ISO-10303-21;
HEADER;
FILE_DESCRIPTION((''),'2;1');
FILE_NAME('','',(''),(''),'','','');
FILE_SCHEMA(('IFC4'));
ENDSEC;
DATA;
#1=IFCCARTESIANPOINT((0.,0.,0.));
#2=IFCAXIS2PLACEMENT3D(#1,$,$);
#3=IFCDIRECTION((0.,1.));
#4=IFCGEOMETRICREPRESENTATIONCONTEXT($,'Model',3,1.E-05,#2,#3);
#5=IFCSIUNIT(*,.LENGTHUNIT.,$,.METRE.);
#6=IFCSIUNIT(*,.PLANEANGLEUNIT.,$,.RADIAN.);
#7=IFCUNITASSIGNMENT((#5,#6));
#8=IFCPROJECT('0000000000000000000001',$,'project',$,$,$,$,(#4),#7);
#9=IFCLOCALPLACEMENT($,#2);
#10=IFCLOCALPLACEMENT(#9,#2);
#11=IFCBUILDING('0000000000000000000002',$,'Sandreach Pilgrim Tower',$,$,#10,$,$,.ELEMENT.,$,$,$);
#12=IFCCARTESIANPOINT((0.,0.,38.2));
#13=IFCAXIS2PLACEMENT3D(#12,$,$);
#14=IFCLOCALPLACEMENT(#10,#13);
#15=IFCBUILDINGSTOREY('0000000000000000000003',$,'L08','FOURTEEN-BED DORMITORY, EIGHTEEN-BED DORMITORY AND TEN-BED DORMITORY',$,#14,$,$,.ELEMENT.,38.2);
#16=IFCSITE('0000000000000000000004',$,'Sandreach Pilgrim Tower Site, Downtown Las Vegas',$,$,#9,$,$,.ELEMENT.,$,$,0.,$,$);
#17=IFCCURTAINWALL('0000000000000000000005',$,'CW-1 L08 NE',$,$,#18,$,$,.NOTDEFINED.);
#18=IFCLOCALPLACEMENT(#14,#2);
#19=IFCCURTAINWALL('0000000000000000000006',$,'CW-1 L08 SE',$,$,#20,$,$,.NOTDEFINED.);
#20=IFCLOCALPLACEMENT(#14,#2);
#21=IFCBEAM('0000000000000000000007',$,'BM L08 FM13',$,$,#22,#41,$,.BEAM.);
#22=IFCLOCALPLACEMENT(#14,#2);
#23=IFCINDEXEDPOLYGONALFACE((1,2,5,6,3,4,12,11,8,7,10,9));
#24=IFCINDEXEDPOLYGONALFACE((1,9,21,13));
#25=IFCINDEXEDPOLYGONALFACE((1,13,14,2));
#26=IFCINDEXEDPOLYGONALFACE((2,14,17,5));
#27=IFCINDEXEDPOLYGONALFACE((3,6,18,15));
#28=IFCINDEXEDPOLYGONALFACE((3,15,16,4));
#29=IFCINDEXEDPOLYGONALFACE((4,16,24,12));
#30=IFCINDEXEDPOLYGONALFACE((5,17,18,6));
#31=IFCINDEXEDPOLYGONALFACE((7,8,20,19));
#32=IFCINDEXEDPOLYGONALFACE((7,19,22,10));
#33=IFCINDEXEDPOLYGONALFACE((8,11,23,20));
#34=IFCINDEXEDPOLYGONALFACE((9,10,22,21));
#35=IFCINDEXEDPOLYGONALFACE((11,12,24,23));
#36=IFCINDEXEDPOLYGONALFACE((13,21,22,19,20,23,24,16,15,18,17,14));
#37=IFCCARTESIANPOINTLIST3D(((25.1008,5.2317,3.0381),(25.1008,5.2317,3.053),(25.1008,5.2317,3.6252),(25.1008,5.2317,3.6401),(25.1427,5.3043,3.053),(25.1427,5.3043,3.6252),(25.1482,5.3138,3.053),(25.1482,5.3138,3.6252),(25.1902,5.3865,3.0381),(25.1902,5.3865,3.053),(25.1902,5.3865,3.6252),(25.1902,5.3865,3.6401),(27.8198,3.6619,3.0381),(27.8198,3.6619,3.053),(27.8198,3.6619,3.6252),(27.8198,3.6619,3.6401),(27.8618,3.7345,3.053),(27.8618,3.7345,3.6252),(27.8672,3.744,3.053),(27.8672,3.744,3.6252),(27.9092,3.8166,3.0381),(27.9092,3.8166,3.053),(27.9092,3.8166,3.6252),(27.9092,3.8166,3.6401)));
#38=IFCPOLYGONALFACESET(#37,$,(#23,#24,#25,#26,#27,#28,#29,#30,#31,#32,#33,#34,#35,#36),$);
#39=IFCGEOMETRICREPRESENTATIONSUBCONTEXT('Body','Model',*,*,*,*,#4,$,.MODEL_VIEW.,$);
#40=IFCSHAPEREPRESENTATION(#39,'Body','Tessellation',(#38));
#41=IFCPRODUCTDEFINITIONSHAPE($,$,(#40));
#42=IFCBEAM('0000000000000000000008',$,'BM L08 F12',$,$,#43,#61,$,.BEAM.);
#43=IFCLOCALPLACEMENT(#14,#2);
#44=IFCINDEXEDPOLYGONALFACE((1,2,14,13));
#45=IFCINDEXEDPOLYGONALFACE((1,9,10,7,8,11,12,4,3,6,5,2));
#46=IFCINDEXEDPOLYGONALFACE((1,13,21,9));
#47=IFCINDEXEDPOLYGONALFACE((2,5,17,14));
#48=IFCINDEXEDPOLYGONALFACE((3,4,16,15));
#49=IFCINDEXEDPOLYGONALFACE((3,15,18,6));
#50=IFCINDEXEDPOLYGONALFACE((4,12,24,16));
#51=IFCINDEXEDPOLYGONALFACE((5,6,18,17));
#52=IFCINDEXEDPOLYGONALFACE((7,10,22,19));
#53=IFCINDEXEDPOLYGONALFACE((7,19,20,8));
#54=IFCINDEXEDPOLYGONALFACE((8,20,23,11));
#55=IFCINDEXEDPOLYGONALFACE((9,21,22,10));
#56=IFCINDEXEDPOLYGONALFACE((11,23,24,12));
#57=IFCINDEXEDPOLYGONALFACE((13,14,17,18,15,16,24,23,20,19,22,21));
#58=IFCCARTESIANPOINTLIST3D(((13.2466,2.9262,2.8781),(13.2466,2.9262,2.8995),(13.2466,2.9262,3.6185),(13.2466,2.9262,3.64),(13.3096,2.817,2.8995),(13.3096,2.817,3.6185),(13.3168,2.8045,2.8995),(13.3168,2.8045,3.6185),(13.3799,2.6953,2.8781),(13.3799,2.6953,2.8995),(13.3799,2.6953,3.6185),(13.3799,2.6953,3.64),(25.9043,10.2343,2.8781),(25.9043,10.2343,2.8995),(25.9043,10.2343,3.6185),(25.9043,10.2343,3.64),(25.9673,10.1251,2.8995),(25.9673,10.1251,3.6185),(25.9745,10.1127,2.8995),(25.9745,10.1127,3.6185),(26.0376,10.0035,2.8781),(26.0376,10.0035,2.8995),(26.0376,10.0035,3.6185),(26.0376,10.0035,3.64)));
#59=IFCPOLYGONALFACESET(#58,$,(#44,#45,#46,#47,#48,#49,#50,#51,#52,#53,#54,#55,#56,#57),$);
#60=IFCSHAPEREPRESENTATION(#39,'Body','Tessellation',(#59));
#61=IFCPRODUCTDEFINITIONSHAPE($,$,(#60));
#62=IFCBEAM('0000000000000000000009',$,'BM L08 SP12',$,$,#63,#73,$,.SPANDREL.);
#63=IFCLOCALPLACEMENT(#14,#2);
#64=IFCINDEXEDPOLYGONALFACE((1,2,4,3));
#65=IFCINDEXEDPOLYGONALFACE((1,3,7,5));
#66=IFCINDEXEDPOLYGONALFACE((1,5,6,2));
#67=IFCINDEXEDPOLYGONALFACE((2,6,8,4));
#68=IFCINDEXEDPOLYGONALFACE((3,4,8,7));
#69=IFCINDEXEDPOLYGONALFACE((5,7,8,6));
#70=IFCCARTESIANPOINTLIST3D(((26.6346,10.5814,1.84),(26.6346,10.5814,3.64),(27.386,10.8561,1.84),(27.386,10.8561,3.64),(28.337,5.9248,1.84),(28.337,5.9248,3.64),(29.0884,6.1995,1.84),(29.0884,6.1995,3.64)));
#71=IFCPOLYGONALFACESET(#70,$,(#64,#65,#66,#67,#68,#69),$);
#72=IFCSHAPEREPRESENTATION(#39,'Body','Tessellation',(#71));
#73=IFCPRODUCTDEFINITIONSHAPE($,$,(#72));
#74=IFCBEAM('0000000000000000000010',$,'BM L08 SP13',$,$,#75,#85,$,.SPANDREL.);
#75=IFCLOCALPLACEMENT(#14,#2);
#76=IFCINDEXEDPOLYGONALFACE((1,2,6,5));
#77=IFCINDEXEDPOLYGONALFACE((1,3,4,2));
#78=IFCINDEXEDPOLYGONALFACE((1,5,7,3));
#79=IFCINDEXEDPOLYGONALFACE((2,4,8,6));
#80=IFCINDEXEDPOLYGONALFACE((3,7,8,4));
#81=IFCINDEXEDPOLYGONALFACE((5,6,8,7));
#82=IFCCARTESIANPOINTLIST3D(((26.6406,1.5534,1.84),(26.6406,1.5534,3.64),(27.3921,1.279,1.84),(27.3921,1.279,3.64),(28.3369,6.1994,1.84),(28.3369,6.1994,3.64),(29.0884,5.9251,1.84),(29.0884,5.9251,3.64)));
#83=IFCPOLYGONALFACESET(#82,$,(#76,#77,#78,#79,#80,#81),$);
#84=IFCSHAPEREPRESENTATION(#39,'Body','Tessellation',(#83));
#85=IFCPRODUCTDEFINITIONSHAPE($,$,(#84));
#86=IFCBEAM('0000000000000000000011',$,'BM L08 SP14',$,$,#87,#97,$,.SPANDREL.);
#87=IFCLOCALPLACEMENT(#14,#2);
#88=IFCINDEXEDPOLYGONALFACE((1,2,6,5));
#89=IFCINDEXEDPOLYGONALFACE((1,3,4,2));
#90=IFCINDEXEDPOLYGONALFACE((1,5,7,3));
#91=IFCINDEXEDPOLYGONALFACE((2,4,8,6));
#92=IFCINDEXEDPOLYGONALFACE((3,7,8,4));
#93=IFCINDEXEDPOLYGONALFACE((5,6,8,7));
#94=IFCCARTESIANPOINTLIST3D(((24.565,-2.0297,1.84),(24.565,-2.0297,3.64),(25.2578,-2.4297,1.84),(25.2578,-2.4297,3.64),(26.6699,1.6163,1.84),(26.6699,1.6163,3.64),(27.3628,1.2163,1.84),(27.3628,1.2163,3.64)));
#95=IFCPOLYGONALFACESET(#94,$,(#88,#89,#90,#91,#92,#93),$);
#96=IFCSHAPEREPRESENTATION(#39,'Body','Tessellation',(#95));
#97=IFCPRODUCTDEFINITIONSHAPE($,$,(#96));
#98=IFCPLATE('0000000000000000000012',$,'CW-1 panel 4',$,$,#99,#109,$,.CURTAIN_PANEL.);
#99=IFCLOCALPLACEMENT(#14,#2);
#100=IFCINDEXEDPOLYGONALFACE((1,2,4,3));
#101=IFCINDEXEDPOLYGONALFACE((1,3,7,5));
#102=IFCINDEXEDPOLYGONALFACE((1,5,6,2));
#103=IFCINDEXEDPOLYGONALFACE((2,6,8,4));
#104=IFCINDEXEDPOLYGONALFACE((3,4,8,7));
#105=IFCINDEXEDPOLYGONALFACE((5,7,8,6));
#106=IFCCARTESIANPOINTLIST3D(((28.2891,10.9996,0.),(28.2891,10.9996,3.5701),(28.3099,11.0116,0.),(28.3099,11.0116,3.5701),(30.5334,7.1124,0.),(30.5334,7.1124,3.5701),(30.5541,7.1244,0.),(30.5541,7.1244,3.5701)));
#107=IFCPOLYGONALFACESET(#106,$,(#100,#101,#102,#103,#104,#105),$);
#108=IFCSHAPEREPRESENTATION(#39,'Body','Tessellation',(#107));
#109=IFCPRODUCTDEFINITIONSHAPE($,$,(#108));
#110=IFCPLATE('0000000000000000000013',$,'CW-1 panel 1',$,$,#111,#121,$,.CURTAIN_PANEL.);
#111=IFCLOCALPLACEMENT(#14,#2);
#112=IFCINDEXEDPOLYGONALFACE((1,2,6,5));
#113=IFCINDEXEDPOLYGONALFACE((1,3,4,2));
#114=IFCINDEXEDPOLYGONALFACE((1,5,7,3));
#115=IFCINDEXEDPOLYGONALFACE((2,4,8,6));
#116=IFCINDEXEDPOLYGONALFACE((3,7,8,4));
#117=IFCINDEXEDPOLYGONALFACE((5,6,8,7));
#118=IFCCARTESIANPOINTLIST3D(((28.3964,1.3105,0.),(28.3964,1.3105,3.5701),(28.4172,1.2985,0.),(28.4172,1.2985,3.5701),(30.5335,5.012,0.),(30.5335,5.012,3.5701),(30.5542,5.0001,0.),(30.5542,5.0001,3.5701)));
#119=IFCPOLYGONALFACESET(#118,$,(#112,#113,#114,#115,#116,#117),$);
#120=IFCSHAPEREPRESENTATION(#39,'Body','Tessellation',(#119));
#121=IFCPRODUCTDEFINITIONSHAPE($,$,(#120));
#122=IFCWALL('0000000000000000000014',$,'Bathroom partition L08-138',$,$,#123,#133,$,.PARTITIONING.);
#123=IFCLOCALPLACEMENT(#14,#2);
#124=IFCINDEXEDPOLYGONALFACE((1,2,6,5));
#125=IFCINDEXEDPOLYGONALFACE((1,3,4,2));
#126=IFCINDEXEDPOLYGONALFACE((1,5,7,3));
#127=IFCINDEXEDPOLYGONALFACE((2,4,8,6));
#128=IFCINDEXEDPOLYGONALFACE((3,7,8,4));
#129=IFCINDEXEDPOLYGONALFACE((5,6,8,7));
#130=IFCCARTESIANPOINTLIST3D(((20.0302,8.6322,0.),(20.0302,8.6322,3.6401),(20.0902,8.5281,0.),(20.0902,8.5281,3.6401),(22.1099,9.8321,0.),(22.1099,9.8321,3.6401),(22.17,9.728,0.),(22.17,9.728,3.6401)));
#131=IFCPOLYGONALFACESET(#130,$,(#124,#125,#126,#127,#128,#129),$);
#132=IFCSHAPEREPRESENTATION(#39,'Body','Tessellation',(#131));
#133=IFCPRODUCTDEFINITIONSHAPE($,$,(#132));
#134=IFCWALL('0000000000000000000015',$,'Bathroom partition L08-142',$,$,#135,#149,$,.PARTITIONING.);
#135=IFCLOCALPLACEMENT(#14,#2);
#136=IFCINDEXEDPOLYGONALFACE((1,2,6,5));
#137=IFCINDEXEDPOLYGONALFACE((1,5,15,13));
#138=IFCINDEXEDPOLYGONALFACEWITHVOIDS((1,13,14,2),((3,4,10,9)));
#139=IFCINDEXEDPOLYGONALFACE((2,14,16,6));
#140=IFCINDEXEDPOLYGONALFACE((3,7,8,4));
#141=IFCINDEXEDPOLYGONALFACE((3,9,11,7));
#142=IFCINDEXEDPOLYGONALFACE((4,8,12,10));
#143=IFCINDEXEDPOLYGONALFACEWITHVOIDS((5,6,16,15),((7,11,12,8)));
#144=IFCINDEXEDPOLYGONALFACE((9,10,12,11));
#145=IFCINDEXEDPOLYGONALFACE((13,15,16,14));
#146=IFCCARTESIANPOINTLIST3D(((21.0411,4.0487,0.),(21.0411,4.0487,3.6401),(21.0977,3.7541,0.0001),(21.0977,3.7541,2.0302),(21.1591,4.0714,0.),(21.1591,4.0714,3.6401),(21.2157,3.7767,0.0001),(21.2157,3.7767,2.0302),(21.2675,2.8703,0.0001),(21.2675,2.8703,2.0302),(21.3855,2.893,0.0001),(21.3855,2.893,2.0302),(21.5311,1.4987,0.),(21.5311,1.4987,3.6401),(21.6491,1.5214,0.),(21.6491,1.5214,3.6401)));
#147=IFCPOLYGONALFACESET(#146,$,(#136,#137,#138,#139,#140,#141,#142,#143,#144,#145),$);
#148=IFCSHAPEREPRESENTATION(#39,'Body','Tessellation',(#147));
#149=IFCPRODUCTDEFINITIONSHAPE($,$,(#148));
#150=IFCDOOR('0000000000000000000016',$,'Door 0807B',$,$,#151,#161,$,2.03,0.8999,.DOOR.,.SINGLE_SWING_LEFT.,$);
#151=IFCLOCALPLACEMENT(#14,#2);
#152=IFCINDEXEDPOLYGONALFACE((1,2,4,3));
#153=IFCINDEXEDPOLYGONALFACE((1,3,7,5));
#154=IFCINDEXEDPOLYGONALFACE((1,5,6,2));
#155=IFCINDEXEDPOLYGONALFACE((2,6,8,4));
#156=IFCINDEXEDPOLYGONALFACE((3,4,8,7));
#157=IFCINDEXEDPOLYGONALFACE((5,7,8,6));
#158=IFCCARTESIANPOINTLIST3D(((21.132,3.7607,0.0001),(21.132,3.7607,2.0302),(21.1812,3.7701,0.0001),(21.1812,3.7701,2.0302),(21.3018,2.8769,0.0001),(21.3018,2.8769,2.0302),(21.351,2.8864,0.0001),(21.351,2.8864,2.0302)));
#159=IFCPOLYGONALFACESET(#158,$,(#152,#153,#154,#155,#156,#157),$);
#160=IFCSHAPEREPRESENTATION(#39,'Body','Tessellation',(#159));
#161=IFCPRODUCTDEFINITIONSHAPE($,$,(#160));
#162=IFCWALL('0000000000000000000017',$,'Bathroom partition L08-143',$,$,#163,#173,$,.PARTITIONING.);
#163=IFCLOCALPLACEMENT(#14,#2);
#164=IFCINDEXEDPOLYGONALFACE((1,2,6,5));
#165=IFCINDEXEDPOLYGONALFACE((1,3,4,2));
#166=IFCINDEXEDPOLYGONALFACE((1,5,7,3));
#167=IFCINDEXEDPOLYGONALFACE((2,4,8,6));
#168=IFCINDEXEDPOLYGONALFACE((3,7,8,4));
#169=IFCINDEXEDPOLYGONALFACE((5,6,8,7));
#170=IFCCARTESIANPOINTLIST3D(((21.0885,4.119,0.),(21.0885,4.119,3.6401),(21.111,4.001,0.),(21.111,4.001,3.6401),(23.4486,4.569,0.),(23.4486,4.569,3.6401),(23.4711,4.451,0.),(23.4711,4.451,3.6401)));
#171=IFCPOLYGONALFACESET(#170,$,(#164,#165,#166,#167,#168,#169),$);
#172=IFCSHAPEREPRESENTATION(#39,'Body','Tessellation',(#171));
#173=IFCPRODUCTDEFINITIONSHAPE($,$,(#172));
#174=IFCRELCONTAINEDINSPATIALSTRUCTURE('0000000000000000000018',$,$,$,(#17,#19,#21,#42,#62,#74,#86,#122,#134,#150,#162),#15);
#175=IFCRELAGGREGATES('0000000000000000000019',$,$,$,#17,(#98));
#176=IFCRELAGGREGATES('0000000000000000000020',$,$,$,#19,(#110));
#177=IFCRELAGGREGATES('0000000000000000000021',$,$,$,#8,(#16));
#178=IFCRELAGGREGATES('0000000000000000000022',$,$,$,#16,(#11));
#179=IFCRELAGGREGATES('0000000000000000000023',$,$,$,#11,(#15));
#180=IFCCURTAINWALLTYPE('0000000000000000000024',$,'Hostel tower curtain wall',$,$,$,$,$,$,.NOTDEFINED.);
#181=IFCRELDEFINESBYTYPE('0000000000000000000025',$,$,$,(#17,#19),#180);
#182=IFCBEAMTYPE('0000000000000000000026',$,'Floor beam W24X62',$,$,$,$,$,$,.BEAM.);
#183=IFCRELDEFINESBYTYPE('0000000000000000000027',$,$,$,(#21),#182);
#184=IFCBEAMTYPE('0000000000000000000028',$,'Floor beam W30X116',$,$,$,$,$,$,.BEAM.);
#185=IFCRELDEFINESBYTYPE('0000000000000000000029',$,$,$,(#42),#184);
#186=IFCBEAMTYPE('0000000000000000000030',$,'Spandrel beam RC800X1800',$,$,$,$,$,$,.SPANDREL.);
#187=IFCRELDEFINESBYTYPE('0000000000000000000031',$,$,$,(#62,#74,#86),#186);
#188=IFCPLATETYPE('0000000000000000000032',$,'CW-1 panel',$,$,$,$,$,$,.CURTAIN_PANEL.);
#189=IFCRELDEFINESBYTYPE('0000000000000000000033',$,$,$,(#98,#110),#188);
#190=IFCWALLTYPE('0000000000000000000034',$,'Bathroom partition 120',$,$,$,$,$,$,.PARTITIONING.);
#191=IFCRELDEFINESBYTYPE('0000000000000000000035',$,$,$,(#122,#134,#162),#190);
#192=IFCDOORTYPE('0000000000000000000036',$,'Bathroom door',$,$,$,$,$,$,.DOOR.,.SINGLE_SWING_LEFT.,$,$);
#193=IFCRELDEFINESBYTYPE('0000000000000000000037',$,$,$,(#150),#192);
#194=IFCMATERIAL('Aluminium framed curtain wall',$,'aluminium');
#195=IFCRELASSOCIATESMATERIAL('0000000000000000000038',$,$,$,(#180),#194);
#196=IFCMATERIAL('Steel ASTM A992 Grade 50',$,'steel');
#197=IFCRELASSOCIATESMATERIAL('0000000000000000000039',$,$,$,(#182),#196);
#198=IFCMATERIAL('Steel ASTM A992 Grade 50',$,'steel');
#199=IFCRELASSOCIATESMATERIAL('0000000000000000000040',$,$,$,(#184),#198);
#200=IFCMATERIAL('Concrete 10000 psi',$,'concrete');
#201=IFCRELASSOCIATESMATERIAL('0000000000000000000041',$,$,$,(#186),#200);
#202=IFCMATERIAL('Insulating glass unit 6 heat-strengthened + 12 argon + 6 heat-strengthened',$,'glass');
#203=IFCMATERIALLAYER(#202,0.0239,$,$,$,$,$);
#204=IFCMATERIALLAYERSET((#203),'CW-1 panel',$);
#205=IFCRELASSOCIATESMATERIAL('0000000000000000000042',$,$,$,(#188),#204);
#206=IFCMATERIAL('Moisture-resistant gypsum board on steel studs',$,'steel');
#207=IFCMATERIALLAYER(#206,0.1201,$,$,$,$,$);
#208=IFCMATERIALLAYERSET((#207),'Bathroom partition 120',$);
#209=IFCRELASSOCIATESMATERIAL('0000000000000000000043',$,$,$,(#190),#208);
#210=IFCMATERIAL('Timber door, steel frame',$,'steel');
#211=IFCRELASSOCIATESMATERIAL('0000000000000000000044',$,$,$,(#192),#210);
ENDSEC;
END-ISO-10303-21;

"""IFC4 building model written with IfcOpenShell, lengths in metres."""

from ifc_helpers import new_model, si_unit, direction, frame, frame_2d, origin, origin_2d, place, context, subcontext, project, spatial, rectangle, i_section, extrude, material, layer, layer_set, material_profile, profile_set, type_object, element, fill, aggregate, save


model = new_model("IFC4")

# Units and contexts
model_context = context("Model", 3, precision=1e-05, world=origin(), true_north=direction((0.0, 1.0)))
body_context = subcontext(model_context, "Body", "Model", "MODEL_VIEW")
ifc_project = project(units=[si_unit("LENGTHUNIT", "METRE"), si_unit("PLANEANGLEUNIT", "RADIAN")], contexts=[model_context])

# Site, building, storey
site_placement = place(None, origin())
site = spatial("IfcSite", under=ifc_project, at=site_placement, Name="Sandreach Pilgrim Tower Site, Downtown Las Vegas", CompositionType="ELEMENT", RefElevation=0.0)
building_placement = place(site_placement, origin())
building = spatial("IfcBuilding", under=site, at=building_placement, Name="Sandreach Pilgrim Tower", CompositionType="ELEMENT")
storey_placement = place(building_placement, frame((0.0, 0.0, 38.2)))
storey = spatial("IfcBuildingStorey", under=building, at=storey_placement, Name="L08", Description="FOURTEEN-BED DORMITORY, EIGHTEEN-BED DORMITORY AND TEN-BED DORMITORY", CompositionType="ELEMENT", Elevation=38.2)

# Curtain wall
ifc_material_1 = material(Name="Aluminium framed curtain wall", Category="aluminium")
curtain_wall_type = type_object("IfcCurtainWallType", Name="Hostel tower curtain wall", PredefinedType="NOTDEFINED", material=ifc_material_1)
curtain_wall_1_placement = place(storey_placement, origin())
curtain_wall_1 = element("IfcCurtainWall", 1, at=curtain_wall_1_placement, inside=storey, type_object=curtain_wall_type, Name="CW-1 L08 NE", PredefinedType="NOTDEFINED")

# Curtain wall
curtain_wall_2_placement = place(storey_placement, origin())
curtain_wall_2 = element("IfcCurtainWall", 2, at=curtain_wall_2_placement, inside=storey, type_object=curtain_wall_type, Name="CW-1 L08 SE", PredefinedType="NOTDEFINED")

# Beams
ifc_material_2 = material(Name="Steel ASTM A992 Grade 50", Category="steel")
ifc_material_profile_1 = material_profile(ifc_material_2, i_section(OverallWidth=0.1787, OverallDepth=0.6021, WebThickness=0.011, FlangeThickness=0.0149, at=origin_2d()), Name="W24X62")
ifc_profile_set_1 = profile_set([ifc_material_profile_1], Name="Steel ASTM A992 Grade 50")
beam_type_1 = type_object("IfcBeamType", Name="Floor beam W24X62", PredefinedType="BEAM", material=ifc_profile_set_1)
beam_1_placement = place(storey_placement, frame((27.8645, 3.7393, 3.3391), z_axis=(-0.866024, 0.500003, 0.0), x_axis=(-0.500003, -0.866024, 0.0)))
element("IfcBeam", 3, at=beam_1_placement, inside=storey, type_object=beam_type_1, Name="BM L08 FM13", PredefinedType="BEAM", context=body_context, shape_type="SweptSolid", body=[
    extrude(i_section(OverallWidth=0.1787, OverallDepth=0.6021, WebThickness=0.011, FlangeThickness=0.0149, at=origin_2d()), origin(), (0.0, 0.0, 1.0), 3.1396),
])
ifc_material_3 = material(Name="Steel ASTM A992 Grade 50", Category="steel")
ifc_material_profile_2 = material_profile(ifc_material_3, i_section(OverallWidth=0.2666, OverallDepth=0.762, WebThickness=0.0144, FlangeThickness=0.0215, at=origin_2d()), Name="W30X116")
ifc_profile_set_2 = profile_set([ifc_material_profile_2], Name="Steel ASTM A992 Grade 50")
beam_type_2 = type_object("IfcBeamType", Name="Floor beam W30X116", PredefinedType="BEAM", material=ifc_profile_set_2)
beam_2_placement = place(storey_placement, frame((25.9709, 10.1189, 3.259), z_axis=(-0.86602, -0.500009, 0.0), x_axis=(0.500009, -0.86602, 0.0)))
element("IfcBeam", 4, at=beam_2_placement, inside=storey, type_object=beam_type_2, Name="BM L08 F12", PredefinedType="BEAM", context=body_context, shape_type="SweptSolid", body=[
    extrude(i_section(OverallWidth=0.2666, OverallDepth=0.762, WebThickness=0.0144, FlangeThickness=0.0215, at=origin_2d()), origin(), (0.0, 0.0, 1.0), 14.616),
])
ifc_material_4 = material(Name="Concrete 10000 psi", Category="concrete")
ifc_material_profile_3 = material_profile(ifc_material_4, rectangle(XDim=0.8, YDim=1.8, at=origin_2d()), Name="RC800X1800")
ifc_profile_set_3 = profile_set([ifc_material_profile_3], Name="Concrete 10000 psi")
beam_type_3 = type_object("IfcBeamType", Name="Spandrel beam RC800X1800", PredefinedType="SPANDREL", material=ifc_profile_set_3)
beam_3_placement = place(storey_placement, frame((27.0103, 10.7188, 2.74), z_axis=(0.343368, -0.939201, 0.0), x_axis=(0.939201, 0.343368, 0.0)))
element("IfcBeam", 5, at=beam_3_placement, inside=storey, type_object=beam_type_3, Name="BM L08 SP12", PredefinedType="SPANDREL", context=body_context, shape_type="SweptSolid", body=[
    extrude(rectangle(XDim=0.8, YDim=1.8, at=origin_2d()), origin(), (0.0, 0.0, 1.0), 4.958),
])
beam_4_placement = place(storey_placement, frame((28.7126, 6.0623, 2.74), z_axis=(-0.342963, -0.939349, 0.0), x_axis=(0.939349, -0.342963, 0.0)))
element("IfcBeam", 6, at=beam_4_placement, inside=storey, type_object=beam_type_3, Name="BM L08 SP13", PredefinedType="SPANDREL", context=body_context, shape_type="SweptSolid", body=[
    extrude(rectangle(XDim=0.8, YDim=1.8, at=origin_2d()), origin(), (0.0, 0.0, 1.0), 4.946),
])
beam_5_placement = place(storey_placement, frame((27.0164, 1.4163, 2.74), z_axis=(-0.499994, -0.866029, 0.0), x_axis=(0.866029, -0.499994, 0.0)))
element("IfcBeam", 7, at=beam_5_placement, inside=storey, type_object=beam_type_3, Name="BM L08 SP14", PredefinedType="SPANDREL", context=body_context, shape_type="SweptSolid", body=[
    extrude(rectangle(XDim=0.8, YDim=1.8, at=origin_2d()), origin(), (0.0, 0.0, 1.0), 4.21),
])

# Plates
ifc_material_5 = material(Name="Insulating glass unit 6 heat-strengthened + 12 argon + 6 heat-strengthened", Category="glass")
ifc_layer_1 = layer(ifc_material_5, 0.0239)
ifc_layer_set_1 = layer_set([ifc_layer_1], Name="CW-1 panel")
plate_type = type_object("IfcPlateType", Name="CW-1 panel", PredefinedType="CURTAIN_PANEL", material=ifc_layer_set_1)
plate_1_placement = place(storey_placement, frame((29.4216, 9.062, 0.0), z_axis=(0.0, 0.0, 1.0), x_axis=(0.5, -0.866025, 0.0)))
plate_1 = element("IfcPlate", 8, at=plate_1_placement, type_object=plate_type, Name="CW-1 panel 4", PredefinedType="CURTAIN_PANEL", context=body_context, shape_type="SweptSolid", body=[
    extrude(rectangle(XDim=4.4885, YDim=0.0239, at=origin_2d()), origin(), (0.0, 0.0, 1.0), 3.5701),
])
aggregate(curtain_wall_1, [plate_1])
plate_2_placement = place(storey_placement, frame((29.4753, 3.1553, 0.0), z_axis=(0.0, 0.0, 1.0), x_axis=(-0.5, -0.866025, 0.0)))
plate_2 = element("IfcPlate", 9, at=plate_2_placement, type_object=plate_type, Name="CW-1 panel 1", PredefinedType="CURTAIN_PANEL", context=body_context, shape_type="SweptSolid", body=[
    extrude(rectangle(XDim=4.2742, YDim=0.0239, at=origin_2d()), origin(), (0.0, 0.0, 1.0), 3.5701),
])
aggregate(curtain_wall_2, [plate_2])

# Wall
ifc_material_6 = material(Name="Moisture-resistant gypsum board on steel studs", Category="steel")
ifc_layer_2 = layer(ifc_material_6, 0.1201)
ifc_layer_set_2 = layer_set([ifc_layer_2], Name="Bathroom partition 120")
wall_type_1 = type_object("IfcWallType", Name="Bathroom partition 120", PredefinedType="PARTITIONING", material=ifc_layer_set_2)
wall_1_placement = place(storey_placement, frame((20.0601, 8.5801, 0.0), z_axis=(0.0, 0.0, 1.0), x_axis=(0.866177, 0.499737, 0.0)))
element("IfcWall", 10, at=wall_1_placement, inside=storey, type_object=wall_type_1, Name="Bathroom partition L08-138", PredefinedType="PARTITIONING", context=body_context, shape_type="SweptSolid", body=[
    extrude(rectangle(XDim=2.4011, YDim=0.1201, at=frame_2d((1.2007, 0.0))), origin(), (0.0, 0.0, 1.0), 3.6401),
])

# Wall, opening, door
wall_2_placement = place(storey_placement, frame((21.1001, 4.0601, 0.0), z_axis=(0.0, 0.0, 1.0), x_axis=(0.188697, -0.982035, 0.0)))
wall_2 = element("IfcWall", 11, at=wall_2_placement, inside=storey, type_object=wall_type_1, Name="Bathroom partition L08-142", PredefinedType="PARTITIONING", context=body_context, shape_type="SweptSolid", body=[
    extrude(rectangle(XDim=2.5967, YDim=0.1201, at=frame_2d((1.2983, 0.0))), origin(), (0.0, 0.0, 1.0), 3.6401),
])
opening_1_placement = place(wall_2_placement, frame((0.3, 0.0, 0.0)))
opening_1 = element("IfcOpeningElement", 12, at=opening_1_placement, cuts=wall_2, PredefinedType="OPENING", context=body_context, shape_type="SweptSolid", body=[
    extrude(rectangle(XDim=0.8999, YDim=2.03, at=frame_2d((0.45, 1.0151))), frame((0.0, 0.0601, 0.0), z_axis=(0.0, -1.0, 0.0), x_axis=(1.0, 0.0, 0.0)), (0.0, 0.0, 1.0), 0.1201),
])
ifc_material_7 = material(Name="Timber door, steel frame", Category="steel")
door_type_1 = type_object("IfcDoorType", Name="Bathroom door", OperationType="SINGLE_SWING_LEFT", PredefinedType="DOOR", material=ifc_material_7)
door_1_placement = place(opening_1_placement, origin())
door_1 = element("IfcDoor", 13, at=door_1_placement, inside=storey, type_object=door_type_1, Name="Door 0807B", OperationType="SINGLE_SWING_LEFT", OverallHeight=2.03, OverallWidth=0.8999, PredefinedType="DOOR", context=body_context, shape_type="SweptSolid", body=[
    extrude(rectangle(XDim=0.8999, YDim=2.03, at=frame_2d((0.45, 1.0151))), frame((0.0, 0.0249, 0.0), z_axis=(0.0, -1.0, 0.0), x_axis=(1.0, 0.0, 0.0)), (0.0, 0.0, 1.0), 0.05),
])
fill(opening_1, door_1)

# Wall
wall_3_placement = place(storey_placement, frame((21.0999, 4.0601, 0.0), z_axis=(0.0, 0.0, 1.0), x_axis=(0.982307, 0.187276, 0.0)))
element("IfcWall", 14, at=wall_3_placement, inside=storey, type_object=wall_type_1, Name="Bathroom partition L08-143", PredefinedType="PARTITIONING", context=body_context, shape_type="SweptSolid", body=[
    extrude(rectangle(XDim=2.4026, YDim=0.1201, at=frame_2d((1.2012, 0.0))), origin(), (0.0, 0.0, 1.0), 3.6401),
])

save(model, "model.ifc")
